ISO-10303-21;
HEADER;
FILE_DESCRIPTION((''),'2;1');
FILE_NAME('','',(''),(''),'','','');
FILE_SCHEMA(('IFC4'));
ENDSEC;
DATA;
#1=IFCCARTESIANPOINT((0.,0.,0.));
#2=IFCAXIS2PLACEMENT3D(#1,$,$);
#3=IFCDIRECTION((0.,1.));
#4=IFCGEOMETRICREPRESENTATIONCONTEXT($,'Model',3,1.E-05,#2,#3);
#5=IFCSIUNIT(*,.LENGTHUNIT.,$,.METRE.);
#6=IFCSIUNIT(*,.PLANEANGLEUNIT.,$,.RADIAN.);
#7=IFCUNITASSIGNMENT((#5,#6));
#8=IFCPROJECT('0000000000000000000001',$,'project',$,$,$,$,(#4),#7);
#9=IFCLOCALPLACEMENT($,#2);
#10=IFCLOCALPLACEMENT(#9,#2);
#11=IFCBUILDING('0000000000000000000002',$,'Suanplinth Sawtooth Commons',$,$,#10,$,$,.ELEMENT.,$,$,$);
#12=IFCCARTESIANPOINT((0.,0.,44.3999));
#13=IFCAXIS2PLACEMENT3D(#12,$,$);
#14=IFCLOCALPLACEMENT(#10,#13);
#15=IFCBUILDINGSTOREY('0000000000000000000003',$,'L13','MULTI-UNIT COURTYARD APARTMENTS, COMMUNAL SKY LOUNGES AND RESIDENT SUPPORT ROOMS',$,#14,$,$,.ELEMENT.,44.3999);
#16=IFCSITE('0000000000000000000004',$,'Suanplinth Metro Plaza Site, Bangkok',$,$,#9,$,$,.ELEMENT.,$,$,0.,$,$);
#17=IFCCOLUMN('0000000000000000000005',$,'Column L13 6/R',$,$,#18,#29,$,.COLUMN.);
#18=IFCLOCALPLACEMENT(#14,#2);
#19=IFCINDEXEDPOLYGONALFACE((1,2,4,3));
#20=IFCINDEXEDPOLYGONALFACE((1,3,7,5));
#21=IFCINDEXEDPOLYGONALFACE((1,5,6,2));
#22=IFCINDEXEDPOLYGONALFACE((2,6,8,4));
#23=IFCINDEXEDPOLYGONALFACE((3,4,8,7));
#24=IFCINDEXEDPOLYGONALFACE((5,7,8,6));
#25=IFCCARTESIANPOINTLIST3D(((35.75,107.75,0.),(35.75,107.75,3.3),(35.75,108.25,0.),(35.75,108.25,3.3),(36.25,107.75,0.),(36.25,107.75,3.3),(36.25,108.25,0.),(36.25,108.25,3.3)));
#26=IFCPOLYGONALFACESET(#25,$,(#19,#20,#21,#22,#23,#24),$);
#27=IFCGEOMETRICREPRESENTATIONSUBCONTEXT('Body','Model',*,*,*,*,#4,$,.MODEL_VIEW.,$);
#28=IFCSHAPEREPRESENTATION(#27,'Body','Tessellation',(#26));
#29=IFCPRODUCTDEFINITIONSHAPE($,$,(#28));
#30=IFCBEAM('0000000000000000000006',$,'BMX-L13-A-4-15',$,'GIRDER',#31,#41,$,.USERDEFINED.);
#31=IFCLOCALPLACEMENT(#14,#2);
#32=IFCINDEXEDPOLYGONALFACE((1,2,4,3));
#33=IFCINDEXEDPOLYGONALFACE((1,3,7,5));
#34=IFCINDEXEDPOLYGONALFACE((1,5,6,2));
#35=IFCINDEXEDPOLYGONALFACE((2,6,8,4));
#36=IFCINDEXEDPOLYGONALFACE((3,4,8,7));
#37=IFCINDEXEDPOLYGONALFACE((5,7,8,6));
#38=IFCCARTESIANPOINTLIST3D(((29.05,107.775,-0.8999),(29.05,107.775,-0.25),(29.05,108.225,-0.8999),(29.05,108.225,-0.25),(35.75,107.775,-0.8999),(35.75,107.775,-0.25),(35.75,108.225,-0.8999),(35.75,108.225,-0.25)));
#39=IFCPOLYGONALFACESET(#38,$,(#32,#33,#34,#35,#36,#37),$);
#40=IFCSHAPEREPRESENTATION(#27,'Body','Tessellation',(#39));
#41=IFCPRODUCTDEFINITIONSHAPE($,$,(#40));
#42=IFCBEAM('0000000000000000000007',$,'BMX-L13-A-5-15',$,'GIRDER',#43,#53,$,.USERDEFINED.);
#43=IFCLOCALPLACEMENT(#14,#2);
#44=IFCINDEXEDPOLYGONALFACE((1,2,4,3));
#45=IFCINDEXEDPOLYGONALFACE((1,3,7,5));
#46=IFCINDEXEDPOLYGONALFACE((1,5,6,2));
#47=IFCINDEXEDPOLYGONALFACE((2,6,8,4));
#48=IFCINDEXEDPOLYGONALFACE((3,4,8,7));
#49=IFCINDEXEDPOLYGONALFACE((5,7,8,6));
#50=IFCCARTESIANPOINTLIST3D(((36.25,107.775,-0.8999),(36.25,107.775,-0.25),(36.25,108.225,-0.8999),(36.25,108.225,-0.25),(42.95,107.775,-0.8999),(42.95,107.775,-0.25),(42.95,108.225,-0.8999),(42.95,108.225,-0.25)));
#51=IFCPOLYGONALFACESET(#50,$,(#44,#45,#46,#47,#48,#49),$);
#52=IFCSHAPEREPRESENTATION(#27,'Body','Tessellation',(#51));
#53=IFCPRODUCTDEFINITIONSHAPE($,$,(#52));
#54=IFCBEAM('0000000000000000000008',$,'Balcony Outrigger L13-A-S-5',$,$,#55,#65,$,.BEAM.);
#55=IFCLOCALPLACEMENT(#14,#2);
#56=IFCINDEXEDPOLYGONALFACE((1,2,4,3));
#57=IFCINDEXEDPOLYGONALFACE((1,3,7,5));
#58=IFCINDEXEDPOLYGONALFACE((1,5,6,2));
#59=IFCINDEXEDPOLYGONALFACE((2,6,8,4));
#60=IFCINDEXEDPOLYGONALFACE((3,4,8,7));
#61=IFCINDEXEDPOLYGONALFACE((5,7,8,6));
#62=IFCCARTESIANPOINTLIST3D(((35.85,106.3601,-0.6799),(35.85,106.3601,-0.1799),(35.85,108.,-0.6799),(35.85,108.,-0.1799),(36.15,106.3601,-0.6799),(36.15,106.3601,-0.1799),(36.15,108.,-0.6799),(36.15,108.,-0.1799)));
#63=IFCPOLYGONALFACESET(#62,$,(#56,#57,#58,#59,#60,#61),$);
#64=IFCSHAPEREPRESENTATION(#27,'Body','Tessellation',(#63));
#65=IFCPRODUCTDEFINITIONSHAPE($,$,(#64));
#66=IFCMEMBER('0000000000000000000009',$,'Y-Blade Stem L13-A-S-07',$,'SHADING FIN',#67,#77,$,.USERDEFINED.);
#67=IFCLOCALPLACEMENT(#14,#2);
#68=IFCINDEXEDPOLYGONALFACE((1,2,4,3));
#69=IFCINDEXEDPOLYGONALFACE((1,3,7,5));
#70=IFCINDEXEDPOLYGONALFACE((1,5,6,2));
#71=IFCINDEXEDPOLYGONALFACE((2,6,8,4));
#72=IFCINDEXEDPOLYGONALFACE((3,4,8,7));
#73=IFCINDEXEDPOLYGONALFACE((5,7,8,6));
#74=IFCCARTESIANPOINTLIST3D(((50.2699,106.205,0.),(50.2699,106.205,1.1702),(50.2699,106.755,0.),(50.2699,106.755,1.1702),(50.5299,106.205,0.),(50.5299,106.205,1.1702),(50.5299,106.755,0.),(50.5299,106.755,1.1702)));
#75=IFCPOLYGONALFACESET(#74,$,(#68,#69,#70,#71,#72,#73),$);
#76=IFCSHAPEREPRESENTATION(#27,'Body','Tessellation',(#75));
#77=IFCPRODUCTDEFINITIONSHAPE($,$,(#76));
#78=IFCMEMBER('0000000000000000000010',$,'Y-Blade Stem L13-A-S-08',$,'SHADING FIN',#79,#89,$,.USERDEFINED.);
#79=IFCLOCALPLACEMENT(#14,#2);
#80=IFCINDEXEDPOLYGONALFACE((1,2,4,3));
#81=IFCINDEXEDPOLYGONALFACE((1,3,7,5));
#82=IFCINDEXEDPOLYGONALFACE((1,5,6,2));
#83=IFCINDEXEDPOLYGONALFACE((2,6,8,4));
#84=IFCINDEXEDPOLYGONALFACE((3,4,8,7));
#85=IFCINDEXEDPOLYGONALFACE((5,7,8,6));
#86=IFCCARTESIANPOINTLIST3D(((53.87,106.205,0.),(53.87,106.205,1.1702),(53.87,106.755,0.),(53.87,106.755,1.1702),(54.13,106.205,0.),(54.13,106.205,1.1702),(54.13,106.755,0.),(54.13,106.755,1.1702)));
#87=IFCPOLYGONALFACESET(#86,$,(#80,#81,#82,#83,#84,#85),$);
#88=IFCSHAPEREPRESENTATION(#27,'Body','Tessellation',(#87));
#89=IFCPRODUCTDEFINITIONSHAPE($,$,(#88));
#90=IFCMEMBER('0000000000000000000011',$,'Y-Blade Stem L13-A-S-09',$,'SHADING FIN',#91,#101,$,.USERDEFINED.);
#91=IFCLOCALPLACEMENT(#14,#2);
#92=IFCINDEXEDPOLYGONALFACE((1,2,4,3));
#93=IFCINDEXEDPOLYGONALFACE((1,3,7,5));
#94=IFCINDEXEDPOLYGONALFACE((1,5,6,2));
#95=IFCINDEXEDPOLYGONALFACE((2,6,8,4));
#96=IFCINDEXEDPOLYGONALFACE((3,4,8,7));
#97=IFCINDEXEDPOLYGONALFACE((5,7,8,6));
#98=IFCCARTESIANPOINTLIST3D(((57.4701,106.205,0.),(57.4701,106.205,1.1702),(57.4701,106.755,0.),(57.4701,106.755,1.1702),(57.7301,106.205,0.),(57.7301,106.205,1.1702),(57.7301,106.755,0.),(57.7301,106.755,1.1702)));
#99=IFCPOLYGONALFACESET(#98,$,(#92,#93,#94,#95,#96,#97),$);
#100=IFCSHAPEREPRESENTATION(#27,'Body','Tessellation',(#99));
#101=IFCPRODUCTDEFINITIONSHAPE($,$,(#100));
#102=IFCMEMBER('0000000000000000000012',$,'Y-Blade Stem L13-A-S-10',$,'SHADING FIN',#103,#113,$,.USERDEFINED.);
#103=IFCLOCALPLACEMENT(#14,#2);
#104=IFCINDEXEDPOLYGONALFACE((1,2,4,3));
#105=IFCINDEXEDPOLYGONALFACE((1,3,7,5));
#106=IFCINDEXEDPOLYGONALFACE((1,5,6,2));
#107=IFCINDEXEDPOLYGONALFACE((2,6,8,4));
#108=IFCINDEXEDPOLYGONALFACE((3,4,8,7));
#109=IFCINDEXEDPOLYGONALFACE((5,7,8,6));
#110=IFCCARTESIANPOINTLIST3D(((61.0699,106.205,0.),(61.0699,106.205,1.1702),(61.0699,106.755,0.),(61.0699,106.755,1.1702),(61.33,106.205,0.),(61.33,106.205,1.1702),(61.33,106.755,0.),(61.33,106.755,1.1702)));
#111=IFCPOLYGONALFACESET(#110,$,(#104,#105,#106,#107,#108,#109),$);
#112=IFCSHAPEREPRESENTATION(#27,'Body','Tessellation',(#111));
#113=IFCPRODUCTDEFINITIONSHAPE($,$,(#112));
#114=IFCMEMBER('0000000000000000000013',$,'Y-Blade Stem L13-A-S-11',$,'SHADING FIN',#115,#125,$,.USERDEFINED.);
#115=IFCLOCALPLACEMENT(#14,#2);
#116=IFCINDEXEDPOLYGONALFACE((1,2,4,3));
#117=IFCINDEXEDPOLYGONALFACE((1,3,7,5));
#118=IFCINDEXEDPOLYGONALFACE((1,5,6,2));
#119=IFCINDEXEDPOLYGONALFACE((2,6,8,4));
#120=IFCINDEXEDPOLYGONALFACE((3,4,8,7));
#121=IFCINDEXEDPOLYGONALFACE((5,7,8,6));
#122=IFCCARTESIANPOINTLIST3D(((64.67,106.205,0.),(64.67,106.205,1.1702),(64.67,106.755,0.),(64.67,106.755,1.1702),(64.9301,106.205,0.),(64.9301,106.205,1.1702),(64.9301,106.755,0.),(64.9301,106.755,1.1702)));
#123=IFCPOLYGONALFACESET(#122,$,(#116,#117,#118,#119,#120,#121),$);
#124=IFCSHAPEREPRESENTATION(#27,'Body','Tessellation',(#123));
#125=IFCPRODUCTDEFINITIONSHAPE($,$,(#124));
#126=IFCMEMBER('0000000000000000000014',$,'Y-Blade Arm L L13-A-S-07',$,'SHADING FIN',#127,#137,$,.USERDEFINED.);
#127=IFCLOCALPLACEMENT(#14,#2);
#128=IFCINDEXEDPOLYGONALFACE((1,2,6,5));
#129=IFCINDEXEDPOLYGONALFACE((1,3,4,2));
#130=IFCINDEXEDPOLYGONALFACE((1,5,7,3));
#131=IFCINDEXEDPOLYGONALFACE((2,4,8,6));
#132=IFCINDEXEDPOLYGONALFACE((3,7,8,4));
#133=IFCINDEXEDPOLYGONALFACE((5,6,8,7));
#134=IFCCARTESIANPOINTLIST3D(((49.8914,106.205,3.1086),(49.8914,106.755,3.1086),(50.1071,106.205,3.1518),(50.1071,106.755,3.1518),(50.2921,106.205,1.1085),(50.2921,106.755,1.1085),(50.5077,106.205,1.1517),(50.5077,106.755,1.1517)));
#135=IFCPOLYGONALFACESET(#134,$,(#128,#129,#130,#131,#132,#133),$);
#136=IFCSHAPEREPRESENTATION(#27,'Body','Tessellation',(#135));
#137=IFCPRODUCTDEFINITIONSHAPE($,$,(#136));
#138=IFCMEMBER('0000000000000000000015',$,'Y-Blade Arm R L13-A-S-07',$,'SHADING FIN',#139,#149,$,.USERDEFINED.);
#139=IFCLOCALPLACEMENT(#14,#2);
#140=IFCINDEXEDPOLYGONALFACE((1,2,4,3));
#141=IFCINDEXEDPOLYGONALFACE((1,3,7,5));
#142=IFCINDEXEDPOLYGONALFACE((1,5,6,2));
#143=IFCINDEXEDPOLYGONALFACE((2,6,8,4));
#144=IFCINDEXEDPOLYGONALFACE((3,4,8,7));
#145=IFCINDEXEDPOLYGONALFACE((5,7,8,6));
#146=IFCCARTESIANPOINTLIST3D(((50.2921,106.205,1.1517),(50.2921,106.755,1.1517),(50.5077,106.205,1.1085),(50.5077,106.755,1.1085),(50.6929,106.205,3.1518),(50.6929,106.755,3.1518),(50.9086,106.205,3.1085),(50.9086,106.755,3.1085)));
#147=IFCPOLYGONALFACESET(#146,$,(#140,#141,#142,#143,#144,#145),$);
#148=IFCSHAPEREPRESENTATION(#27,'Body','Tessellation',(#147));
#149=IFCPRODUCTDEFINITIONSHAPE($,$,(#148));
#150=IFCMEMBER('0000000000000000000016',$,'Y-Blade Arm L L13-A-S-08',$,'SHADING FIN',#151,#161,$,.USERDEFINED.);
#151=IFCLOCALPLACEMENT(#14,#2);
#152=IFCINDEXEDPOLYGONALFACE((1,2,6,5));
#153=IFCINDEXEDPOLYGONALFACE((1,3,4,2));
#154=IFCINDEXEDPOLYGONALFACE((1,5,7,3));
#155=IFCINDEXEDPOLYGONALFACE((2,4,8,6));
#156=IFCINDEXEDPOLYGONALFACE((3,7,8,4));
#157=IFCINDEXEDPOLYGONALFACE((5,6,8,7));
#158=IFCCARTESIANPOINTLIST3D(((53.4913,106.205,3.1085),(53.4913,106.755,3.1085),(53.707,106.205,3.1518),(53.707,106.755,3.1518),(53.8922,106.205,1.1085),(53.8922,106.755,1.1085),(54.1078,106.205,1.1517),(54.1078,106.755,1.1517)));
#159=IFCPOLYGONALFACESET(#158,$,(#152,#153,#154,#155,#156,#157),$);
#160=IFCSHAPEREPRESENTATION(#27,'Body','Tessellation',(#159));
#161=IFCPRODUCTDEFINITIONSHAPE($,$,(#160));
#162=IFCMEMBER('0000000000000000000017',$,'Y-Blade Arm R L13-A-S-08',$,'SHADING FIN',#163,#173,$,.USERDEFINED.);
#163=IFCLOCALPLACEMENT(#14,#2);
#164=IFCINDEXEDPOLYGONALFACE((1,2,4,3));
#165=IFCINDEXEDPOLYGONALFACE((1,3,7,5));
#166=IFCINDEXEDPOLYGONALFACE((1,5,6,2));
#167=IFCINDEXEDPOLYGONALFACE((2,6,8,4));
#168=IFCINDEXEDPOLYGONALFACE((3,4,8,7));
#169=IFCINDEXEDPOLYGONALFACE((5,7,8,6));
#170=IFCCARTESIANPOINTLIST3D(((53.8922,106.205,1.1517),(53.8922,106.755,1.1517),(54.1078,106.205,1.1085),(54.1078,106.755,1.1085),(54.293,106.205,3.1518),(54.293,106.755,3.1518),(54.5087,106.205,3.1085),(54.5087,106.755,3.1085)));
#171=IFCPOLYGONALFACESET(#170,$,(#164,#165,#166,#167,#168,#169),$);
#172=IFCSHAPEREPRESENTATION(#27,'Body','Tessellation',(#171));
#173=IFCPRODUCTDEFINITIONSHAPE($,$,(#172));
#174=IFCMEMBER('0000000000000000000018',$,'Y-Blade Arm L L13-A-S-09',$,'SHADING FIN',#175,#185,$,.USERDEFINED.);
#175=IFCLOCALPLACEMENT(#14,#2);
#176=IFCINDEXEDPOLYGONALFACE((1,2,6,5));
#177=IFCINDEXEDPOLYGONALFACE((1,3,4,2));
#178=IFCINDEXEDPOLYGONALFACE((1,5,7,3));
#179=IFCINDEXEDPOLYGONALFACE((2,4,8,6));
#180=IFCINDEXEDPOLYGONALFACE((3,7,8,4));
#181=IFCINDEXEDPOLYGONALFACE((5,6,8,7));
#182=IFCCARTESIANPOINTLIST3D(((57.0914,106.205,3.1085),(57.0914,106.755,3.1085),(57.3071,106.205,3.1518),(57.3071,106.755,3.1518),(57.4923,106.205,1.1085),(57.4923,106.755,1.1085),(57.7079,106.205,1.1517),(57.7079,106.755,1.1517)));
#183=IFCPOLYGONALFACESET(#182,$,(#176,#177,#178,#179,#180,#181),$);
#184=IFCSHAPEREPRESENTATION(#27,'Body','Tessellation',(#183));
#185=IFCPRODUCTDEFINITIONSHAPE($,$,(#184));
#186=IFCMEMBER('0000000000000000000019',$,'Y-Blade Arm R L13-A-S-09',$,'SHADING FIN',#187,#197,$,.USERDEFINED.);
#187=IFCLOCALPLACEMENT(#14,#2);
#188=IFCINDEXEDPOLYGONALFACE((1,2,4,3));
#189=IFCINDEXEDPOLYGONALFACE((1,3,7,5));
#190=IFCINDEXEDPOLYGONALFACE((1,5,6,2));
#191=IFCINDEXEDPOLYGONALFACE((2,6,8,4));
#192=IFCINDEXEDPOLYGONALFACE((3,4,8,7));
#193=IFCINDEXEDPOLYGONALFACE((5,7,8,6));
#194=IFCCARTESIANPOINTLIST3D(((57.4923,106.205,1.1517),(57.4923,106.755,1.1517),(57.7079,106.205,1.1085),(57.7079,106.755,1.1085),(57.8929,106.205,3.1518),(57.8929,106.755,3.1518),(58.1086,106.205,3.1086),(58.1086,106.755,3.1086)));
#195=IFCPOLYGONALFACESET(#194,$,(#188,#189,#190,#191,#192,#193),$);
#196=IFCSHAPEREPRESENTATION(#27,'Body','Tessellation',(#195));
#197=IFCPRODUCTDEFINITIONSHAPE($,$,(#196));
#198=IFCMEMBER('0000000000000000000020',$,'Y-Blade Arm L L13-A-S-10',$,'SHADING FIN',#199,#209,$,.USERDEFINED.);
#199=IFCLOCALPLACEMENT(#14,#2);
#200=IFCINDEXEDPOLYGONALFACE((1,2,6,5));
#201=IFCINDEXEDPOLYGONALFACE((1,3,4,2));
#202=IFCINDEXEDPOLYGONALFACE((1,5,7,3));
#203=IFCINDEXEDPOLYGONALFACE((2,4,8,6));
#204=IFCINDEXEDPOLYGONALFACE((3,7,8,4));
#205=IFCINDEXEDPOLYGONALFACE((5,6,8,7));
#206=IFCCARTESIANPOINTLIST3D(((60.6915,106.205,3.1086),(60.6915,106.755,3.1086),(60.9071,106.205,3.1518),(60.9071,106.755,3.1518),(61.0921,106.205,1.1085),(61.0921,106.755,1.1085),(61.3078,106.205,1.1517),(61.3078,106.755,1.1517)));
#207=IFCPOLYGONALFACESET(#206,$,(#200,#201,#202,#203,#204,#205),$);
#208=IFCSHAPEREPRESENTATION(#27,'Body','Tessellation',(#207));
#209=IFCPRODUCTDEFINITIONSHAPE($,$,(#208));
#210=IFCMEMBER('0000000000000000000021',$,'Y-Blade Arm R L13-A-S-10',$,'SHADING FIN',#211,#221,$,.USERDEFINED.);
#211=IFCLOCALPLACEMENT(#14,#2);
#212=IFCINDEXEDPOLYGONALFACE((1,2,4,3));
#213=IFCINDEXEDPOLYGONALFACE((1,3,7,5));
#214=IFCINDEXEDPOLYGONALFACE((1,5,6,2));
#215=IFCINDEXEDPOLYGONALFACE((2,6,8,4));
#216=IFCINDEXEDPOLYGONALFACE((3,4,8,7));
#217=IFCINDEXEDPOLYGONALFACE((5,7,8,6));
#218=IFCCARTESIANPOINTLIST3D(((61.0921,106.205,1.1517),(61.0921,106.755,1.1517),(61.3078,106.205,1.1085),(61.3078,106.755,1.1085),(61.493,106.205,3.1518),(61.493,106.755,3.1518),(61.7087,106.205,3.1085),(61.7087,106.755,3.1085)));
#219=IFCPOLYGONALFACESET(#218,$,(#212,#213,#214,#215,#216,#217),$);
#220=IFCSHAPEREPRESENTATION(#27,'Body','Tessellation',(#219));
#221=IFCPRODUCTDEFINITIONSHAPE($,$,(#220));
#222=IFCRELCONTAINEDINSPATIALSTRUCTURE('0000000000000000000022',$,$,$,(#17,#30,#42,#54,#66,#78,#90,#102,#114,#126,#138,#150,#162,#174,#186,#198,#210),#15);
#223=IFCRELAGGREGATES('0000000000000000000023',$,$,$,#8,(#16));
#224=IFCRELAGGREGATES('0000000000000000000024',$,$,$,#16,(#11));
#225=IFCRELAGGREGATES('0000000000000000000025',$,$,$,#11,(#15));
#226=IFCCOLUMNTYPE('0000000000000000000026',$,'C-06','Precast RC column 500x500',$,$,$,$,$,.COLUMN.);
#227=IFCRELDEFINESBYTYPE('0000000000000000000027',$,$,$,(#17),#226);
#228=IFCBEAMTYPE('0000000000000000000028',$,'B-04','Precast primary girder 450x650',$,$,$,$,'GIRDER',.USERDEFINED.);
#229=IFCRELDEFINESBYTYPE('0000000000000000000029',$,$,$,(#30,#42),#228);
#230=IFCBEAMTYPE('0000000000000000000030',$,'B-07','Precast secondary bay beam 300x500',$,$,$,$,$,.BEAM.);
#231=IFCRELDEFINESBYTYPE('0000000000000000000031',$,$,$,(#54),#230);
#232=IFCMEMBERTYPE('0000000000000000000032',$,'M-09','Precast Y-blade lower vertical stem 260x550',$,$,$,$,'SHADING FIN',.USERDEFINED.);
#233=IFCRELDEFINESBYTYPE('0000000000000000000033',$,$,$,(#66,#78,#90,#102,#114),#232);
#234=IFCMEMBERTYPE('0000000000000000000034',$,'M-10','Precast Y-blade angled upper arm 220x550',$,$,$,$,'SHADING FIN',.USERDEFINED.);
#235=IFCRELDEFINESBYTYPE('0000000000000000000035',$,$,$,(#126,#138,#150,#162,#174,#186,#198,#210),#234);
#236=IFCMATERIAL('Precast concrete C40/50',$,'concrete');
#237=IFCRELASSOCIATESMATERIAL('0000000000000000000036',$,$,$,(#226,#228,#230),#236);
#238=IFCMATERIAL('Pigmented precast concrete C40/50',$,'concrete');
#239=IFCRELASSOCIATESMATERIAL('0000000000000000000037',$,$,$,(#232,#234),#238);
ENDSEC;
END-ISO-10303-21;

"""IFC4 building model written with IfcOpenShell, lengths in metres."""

from ifc_helpers import new_model, si_unit, direction, frame, origin, origin_2d, place, context, subcontext, project, spatial, rectangle, extrude, material, material_profile, profile_set, type_object, element, save


model = new_model("IFC4")

# Units and contexts
model_context = context("Model", 3, precision=1e-05, world=origin(), true_north=direction((0.0, 1.0)))
body_context = subcontext(model_context, "Body", "Model", "MODEL_VIEW")
ifc_project = project(units=[si_unit("LENGTHUNIT", "METRE"), si_unit("PLANEANGLEUNIT", "RADIAN")], contexts=[model_context])

# Site, building, storey
site_placement = place(None, origin())
site = spatial("IfcSite", under=ifc_project, at=site_placement, Name="Suanplinth Metro Plaza Site, Bangkok", CompositionType="ELEMENT", RefElevation=0.0)
building_placement = place(site_placement, origin())
building = spatial("IfcBuilding", under=site, at=building_placement, Name="Suanplinth Sawtooth Commons", CompositionType="ELEMENT")
storey_placement = place(building_placement, frame((0.0, 0.0, 44.3999)))
storey = spatial("IfcBuildingStorey", under=building, at=storey_placement, Name="L13", Description="MULTI-UNIT COURTYARD APARTMENTS, COMMUNAL SKY LOUNGES AND RESIDENT SUPPORT ROOMS", CompositionType="ELEMENT", Elevation=44.3999)

# Column
ifc_material_1 = material(Name="Precast concrete C40/50", Category="concrete")
ifc_material_profile_1 = material_profile(ifc_material_1, rectangle(XDim=0.5, YDim=0.5, at=origin_2d()), Name="PC-COL 500x500")
ifc_profile_set_1 = profile_set([ifc_material_profile_1], Name="Precast concrete C40/50")
column_type = type_object("IfcColumnType", Name="C-06", Description="Precast RC column 500x500", PredefinedType="COLUMN", material=ifc_profile_set_1)
column_placement = place(storey_placement, frame((36.0, 108.0, 0.0), z_axis=(0.0, 0.0, 1.0), x_axis=(1.0, 0.0, 0.0)))
element("IfcColumn", 1, at=column_placement, inside=storey, type_object=column_type, Name="Column L13 6/R", PredefinedType="COLUMN", context=body_context, shape_type="SweptSolid", body=[
    extrude(rectangle(XDim=0.5, YDim=0.5, at=origin_2d()), origin(), (0.0, 0.0, 1.0), 3.3),
])

# Beams
ifc_material_profile_2 = material_profile(ifc_material_1, rectangle(XDim=0.45, YDim=0.6499, at=origin_2d()), Name="PC-GDR 450x650")
ifc_profile_set_2 = profile_set([ifc_material_profile_2], Name="Precast concrete C40/50")
beam_type_1 = type_object("IfcBeamType", Name="B-04", Description="Precast primary girder 450x650", ElementType="GIRDER", PredefinedType="USERDEFINED", material=ifc_profile_set_2)
for number, where, z_axis, x_axis, name in (
    (2, (29.05, 108.0, -0.575), (1.0, 0.0, 0.0), (0.0, 1.0, 0.0), "BMX-L13-A-4-15"),
    (3, (36.25, 108.0, -0.575), (1.0, 0.0, 0.0), (0.0, 1.0, 0.0), "BMX-L13-A-5-15"),
):
    element("IfcBeam", number, at=place(storey_placement, frame(where, z_axis=z_axis, x_axis=x_axis)), inside=storey, type_object=beam_type_1, Name=name, ObjectType="GIRDER", PredefinedType="USERDEFINED", context=body_context, shape_type="SweptSolid", body=[
        extrude(rectangle(XDim=0.45, YDim=0.6499, at=origin_2d()), origin(), (0.0, 0.0, 1.0), 6.7),
    ])
ifc_material_profile_3 = material_profile(ifc_material_1, rectangle(XDim=0.3, YDim=0.5, at=origin_2d()), Name="PC-BM 300x500")
ifc_profile_set_3 = profile_set([ifc_material_profile_3], Name="Precast concrete C40/50")
beam_type_2 = type_object("IfcBeamType", Name="B-07", Description="Precast secondary bay beam 300x500", PredefinedType="BEAM", material=ifc_profile_set_3)
beam_placement = place(storey_placement, frame((36.0, 108.0, -0.4299), z_axis=(0.0, -1.0, 0.0), x_axis=(1.0, 0.0, 0.0)))
element("IfcBeam", 4, at=beam_placement, inside=storey, type_object=beam_type_2, Name="Balcony Outrigger L13-A-S-5", PredefinedType="BEAM", context=body_context, shape_type="SweptSolid", body=[
    extrude(rectangle(XDim=0.3, YDim=0.5, at=origin_2d()), origin(), (0.0, 0.0, 1.0), 1.6399),
])

# Members
ifc_material_2 = material(Name="Pigmented precast concrete C40/50", Category="concrete")
ifc_material_profile_4 = material_profile(ifc_material_2, rectangle(XDim=0.26, YDim=0.55, at=origin_2d()), Name="PC-FIN 260x550")
ifc_profile_set_4 = profile_set([ifc_material_profile_4], Name="Pigmented precast concrete C40/50")
member_type_1 = type_object("IfcMemberType", Name="M-09", Description="Precast Y-blade lower vertical stem 260x550", ElementType="SHADING FIN", PredefinedType="USERDEFINED", material=ifc_profile_set_4)
for number, where, z_axis, x_axis, name in (
    (5, (50.3999, 106.48, 0.0), (0.0, 0.0, 1.0), (1.0, 0.0, 0.0), "Y-Blade Stem L13-A-S-07"),
    (6, (54.0, 106.48, 0.0), (0.0, 0.0, 1.0), (1.0, 0.0, 0.0), "Y-Blade Stem L13-A-S-08"),
    (7, (57.6001, 106.48, 0.0), (0.0, 0.0, 1.0), (1.0, 0.0, 0.0), "Y-Blade Stem L13-A-S-09"),
    (8, (61.2, 106.48, 0.0), (0.0, 0.0, 1.0), (1.0, 0.0, 0.0), "Y-Blade Stem L13-A-S-10"),
    (9, (64.8, 106.48, 0.0), (0.0, 0.0, 1.0), (1.0, 0.0, 0.0), "Y-Blade Stem L13-A-S-11"),
):
    element("IfcMember", number, at=place(storey_placement, frame(where, z_axis=z_axis, x_axis=x_axis)), inside=storey, type_object=member_type_1, Name=name, ObjectType="SHADING FIN", PredefinedType="USERDEFINED", context=body_context, shape_type="SweptSolid", body=[
        extrude(rectangle(XDim=0.26, YDim=0.55, at=origin_2d()), origin(), (0.0, 0.0, 1.0), 1.1702),
    ])
ifc_material_profile_5 = material_profile(ifc_material_2, rectangle(XDim=0.22, YDim=0.55, at=origin_2d()), Name="PC-FIN 220x550")
ifc_profile_set_5 = profile_set([ifc_material_profile_5], Name="Pigmented precast concrete C40/50")
member_type_2 = type_object("IfcMemberType", Name="M-10", Description="Precast Y-blade angled upper arm 220x550", ElementType="SHADING FIN", PredefinedType="USERDEFINED", material=ifc_profile_set_5)
for number, where, z_axis, x_axis, name in (
    (10, (50.3999, 106.48, 1.1301), (-0.196415, 0.0, 0.980521), (0.980521, 0.0, 0.196415), "Y-Blade Arm L L13-A-S-07"),
    (11, (50.3999, 106.48, 1.1301), (0.19653, 0.0, 0.980498), (-0.980498, 0.0, 0.19653), "Y-Blade Arm R L13-A-S-07"),
    (12, (54.0, 106.48, 1.1301), (-0.19653, 0.0, 0.980498), (0.980498, 0.0, 0.19653), "Y-Blade Arm L L13-A-S-08"),
    (13, (54.0, 106.48, 1.1301), (0.19653, 0.0, 0.980498), (-0.980498, 0.0, 0.19653), "Y-Blade Arm R L13-A-S-08"),
    (14, (57.6001, 106.48, 1.1301), (-0.19653, 0.0, 0.980498), (0.980498, 0.0, 0.19653), "Y-Blade Arm L L13-A-S-09"),
    (15, (57.6001, 106.48, 1.1301), (0.196415, 0.0, 0.980521), (-0.980521, 0.0, 0.196415), "Y-Blade Arm R L13-A-S-09"),
    (16, (61.2, 106.48, 1.1301), (-0.196415, 0.0, 0.980521), (0.980521, 0.0, 0.196415), "Y-Blade Arm L L13-A-S-10"),
    (17, (61.2, 106.48, 1.1301), (0.19653, 0.0, 0.980498), (-0.980498, 0.0, 0.19653), "Y-Blade Arm R L13-A-S-10"),
):
    element("IfcMember", number, at=place(storey_placement, frame(where, z_axis=z_axis, x_axis=x_axis)), inside=storey, type_object=member_type_2, Name=name, ObjectType="SHADING FIN", PredefinedType="USERDEFINED", context=body_context, shape_type="SweptSolid", body=[
        extrude(rectangle(XDim=0.22, YDim=0.55, at=origin_2d()), origin(), (0.0, 0.0, 1.0), 2.0398),
    ])

save(model, "model.ifc")
